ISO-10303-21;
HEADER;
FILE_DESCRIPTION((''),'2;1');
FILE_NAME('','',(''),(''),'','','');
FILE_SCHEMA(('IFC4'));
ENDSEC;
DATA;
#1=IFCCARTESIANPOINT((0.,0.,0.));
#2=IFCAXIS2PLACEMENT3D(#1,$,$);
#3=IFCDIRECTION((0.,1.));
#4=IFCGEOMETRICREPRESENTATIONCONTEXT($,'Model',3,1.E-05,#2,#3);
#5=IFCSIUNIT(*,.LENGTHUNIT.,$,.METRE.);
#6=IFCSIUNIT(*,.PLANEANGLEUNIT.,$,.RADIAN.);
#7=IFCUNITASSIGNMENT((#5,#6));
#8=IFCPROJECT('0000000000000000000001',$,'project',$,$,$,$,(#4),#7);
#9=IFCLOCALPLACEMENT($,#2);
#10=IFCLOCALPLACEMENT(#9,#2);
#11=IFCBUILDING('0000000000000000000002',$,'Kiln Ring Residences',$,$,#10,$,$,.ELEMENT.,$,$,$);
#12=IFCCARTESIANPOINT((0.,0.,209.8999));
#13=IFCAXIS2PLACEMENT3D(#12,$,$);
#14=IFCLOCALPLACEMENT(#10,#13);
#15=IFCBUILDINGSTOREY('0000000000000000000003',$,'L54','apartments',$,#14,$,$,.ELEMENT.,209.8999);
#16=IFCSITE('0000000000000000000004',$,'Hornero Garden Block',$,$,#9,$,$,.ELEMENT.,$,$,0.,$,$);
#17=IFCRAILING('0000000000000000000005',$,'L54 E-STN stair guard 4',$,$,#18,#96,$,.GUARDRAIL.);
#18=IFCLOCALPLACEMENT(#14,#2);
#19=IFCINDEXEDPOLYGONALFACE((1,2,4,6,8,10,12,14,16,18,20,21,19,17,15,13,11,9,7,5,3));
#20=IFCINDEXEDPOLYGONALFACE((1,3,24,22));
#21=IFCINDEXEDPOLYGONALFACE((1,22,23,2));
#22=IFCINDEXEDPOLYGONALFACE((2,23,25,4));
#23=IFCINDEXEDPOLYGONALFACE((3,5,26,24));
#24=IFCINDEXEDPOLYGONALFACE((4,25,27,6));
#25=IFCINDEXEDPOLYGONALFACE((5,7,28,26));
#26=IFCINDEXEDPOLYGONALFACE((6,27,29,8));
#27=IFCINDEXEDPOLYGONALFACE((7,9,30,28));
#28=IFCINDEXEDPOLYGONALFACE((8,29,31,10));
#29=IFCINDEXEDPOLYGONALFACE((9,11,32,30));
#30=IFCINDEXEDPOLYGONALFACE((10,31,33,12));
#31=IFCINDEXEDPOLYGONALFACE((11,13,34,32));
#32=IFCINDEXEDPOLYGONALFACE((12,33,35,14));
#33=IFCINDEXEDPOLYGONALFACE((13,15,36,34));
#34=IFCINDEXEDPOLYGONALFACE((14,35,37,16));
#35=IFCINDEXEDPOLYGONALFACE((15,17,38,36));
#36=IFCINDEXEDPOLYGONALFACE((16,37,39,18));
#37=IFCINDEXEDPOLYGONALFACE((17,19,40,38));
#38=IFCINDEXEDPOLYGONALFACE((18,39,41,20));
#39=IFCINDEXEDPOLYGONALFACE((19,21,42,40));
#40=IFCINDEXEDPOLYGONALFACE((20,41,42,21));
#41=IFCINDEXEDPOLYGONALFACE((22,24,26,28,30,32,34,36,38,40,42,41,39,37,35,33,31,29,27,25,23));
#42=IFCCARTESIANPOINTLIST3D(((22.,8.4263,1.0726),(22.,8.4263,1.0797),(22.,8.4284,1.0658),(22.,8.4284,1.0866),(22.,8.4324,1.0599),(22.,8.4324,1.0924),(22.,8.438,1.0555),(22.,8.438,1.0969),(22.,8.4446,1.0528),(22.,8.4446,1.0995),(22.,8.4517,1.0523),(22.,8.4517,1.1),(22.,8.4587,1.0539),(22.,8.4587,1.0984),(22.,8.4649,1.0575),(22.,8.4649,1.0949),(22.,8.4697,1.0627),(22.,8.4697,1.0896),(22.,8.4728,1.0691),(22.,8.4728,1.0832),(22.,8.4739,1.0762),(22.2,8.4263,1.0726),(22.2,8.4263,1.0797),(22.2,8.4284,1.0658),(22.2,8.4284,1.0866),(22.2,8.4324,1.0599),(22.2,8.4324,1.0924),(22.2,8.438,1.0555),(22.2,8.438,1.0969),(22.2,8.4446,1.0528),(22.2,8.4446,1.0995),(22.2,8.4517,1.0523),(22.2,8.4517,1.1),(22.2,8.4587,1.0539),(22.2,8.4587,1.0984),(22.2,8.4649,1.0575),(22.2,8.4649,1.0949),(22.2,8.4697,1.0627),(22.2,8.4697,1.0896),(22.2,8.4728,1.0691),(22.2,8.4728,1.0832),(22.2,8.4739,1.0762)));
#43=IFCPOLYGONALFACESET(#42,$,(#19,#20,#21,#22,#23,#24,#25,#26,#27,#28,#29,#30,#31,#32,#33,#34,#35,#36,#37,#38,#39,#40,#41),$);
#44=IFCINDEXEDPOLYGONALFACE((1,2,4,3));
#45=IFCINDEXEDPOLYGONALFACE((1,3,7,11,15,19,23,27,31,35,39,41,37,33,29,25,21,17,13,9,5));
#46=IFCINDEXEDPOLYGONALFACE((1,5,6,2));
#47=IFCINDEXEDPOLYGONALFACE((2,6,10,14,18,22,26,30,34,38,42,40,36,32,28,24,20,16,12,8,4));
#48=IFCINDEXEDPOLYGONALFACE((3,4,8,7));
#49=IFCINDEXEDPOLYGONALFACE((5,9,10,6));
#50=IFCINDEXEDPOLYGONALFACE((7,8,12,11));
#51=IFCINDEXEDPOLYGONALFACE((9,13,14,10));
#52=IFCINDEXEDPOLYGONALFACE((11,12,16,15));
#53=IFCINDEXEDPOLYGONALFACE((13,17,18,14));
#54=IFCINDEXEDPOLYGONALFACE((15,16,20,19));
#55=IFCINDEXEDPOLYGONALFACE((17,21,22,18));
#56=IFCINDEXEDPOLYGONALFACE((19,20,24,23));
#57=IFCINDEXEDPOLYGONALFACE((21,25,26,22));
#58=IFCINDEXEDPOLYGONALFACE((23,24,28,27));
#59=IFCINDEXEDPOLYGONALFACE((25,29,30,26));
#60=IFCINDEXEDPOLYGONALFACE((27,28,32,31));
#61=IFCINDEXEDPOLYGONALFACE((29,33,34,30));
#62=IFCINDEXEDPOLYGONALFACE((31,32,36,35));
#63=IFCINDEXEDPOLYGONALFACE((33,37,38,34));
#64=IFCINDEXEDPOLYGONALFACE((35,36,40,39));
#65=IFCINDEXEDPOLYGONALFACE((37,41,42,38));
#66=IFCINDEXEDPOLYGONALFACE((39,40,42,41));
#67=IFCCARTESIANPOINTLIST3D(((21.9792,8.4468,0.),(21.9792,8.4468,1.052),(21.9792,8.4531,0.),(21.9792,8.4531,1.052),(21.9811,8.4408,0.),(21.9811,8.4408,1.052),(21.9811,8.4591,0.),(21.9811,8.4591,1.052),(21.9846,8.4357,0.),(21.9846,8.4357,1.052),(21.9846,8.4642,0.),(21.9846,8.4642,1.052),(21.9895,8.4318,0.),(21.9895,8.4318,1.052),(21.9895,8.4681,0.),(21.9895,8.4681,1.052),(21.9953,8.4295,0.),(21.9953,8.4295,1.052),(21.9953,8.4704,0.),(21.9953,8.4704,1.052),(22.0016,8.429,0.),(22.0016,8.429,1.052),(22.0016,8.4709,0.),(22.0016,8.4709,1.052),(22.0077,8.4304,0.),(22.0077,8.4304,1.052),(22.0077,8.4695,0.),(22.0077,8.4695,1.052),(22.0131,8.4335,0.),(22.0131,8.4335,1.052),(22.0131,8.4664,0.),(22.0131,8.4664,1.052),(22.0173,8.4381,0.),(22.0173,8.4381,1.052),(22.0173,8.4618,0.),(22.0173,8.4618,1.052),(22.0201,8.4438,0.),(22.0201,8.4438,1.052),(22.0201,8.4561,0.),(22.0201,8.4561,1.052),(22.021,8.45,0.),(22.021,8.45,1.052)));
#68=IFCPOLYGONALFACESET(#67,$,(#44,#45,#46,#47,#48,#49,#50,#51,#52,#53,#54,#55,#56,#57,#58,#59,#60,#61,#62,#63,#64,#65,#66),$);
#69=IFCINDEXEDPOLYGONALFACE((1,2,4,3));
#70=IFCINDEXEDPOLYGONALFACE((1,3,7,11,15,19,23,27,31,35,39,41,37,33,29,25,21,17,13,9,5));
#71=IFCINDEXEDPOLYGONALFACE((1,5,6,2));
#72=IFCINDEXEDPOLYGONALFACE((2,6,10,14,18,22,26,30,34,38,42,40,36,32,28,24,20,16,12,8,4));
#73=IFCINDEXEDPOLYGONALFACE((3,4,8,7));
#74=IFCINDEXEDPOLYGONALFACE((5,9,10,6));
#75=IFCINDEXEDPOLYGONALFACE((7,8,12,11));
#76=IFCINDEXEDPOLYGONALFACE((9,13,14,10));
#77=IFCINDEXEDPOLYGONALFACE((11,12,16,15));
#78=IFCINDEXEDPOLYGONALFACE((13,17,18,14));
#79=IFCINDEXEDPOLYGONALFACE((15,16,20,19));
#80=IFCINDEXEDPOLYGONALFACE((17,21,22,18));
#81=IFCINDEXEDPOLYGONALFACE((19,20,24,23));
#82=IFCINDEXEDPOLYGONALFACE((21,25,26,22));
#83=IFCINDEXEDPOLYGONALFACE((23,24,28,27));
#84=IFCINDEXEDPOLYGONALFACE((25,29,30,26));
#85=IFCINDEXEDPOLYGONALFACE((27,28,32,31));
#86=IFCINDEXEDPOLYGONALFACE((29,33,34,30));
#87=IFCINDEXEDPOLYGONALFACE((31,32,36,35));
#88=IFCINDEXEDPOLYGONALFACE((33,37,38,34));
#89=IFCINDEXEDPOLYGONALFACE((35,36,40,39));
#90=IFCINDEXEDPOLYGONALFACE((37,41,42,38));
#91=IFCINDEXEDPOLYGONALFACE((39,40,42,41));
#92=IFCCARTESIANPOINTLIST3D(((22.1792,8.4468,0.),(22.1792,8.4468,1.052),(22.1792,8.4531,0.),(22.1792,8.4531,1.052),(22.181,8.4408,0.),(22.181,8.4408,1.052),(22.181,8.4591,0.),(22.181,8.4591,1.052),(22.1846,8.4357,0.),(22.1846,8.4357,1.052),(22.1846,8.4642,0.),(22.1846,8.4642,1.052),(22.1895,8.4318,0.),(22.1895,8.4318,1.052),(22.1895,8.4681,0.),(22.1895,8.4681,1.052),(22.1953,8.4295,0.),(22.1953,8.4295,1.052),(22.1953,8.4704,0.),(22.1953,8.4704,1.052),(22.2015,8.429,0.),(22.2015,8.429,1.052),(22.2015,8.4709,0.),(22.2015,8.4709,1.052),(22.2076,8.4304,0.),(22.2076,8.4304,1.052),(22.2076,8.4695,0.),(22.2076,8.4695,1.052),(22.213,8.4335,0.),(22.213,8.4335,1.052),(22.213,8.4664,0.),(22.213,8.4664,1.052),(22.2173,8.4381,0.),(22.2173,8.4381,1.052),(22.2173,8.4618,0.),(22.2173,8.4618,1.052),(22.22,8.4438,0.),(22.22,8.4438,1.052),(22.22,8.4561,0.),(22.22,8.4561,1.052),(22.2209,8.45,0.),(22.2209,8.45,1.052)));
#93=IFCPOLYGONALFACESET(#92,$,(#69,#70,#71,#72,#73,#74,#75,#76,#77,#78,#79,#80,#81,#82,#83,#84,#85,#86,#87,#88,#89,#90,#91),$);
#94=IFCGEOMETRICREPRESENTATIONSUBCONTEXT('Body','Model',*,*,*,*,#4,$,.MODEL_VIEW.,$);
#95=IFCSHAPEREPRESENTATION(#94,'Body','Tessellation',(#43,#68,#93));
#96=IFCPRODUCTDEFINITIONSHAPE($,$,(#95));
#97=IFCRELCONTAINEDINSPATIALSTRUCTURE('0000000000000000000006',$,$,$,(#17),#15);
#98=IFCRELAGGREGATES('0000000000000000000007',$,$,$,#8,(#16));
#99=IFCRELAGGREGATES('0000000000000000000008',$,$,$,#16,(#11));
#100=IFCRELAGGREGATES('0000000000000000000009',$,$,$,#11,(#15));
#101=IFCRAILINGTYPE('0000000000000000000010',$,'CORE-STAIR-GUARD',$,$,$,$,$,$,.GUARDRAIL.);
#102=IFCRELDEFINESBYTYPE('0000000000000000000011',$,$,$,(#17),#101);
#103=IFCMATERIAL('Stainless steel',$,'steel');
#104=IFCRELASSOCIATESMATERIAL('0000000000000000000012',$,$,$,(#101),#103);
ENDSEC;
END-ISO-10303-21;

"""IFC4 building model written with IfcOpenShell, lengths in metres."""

from ifc_helpers import new_model, si_unit, direction, frame, origin, origin_2d, place, context, subcontext, project, spatial, circle, extrude, material, type_object, element, save


model = new_model("IFC4")

# Units and contexts
model_context = context("Model", 3, precision=1e-05, world=origin(), true_north=direction((0.0, 1.0)))
body_context = subcontext(model_context, "Body", "Model", "MODEL_VIEW")
ifc_project = project(units=[si_unit("LENGTHUNIT", "METRE"), si_unit("PLANEANGLEUNIT", "RADIAN")], contexts=[model_context])

# Site, building, storey
site_placement = place(None, origin())
site = spatial("IfcSite", under=ifc_project, at=site_placement, Name="Hornero Garden Block", CompositionType="ELEMENT", RefElevation=0.0)
building_placement = place(site_placement, origin())
building = spatial("IfcBuilding", under=site, at=building_placement, Name="Kiln Ring Residences", CompositionType="ELEMENT")
storey_placement = place(building_placement, frame((0.0, 0.0, 209.8999)))
storey = spatial("IfcBuildingStorey", under=building, at=storey_placement, Name="L54", Description="apartments", CompositionType="ELEMENT", Elevation=209.8999)

# Railing
ifc_material_1 = material(Name="Stainless steel", Category="steel")
railing_type_1 = type_object("IfcRailingType", Name="CORE-STAIR-GUARD", PredefinedType="GUARDRAIL", material=ifc_material_1)
railing_1_placement = place(storey_placement, frame((22.0, 8.45, 0.0)))
element("IfcRailing", 1, at=railing_1_placement, inside=storey, type_object=railing_type_1, Name="L54 E-STN stair guard 4", PredefinedType="GUARDRAIL", context=body_context, shape_type="SweptSolid", body=[
    extrude(circle(Radius=0.0239, at=origin_2d()), frame((0.0, 0.0, 1.0762), z_axis=(1.0, 0.0, 0.0), x_axis=(0.0, 1.0, 0.0)), (0.0, 0.0, 1.0), 0.2),
    extrude(circle(Radius=0.021, at=origin_2d()), origin(), (0.0, 0.0, 1.0), 1.052),
    extrude(circle(Radius=0.021, at=origin_2d()), frame((0.2, 0.0, 0.0)), (0.0, 0.0, 1.0), 1.052),
])

save(model, "model.ifc")
